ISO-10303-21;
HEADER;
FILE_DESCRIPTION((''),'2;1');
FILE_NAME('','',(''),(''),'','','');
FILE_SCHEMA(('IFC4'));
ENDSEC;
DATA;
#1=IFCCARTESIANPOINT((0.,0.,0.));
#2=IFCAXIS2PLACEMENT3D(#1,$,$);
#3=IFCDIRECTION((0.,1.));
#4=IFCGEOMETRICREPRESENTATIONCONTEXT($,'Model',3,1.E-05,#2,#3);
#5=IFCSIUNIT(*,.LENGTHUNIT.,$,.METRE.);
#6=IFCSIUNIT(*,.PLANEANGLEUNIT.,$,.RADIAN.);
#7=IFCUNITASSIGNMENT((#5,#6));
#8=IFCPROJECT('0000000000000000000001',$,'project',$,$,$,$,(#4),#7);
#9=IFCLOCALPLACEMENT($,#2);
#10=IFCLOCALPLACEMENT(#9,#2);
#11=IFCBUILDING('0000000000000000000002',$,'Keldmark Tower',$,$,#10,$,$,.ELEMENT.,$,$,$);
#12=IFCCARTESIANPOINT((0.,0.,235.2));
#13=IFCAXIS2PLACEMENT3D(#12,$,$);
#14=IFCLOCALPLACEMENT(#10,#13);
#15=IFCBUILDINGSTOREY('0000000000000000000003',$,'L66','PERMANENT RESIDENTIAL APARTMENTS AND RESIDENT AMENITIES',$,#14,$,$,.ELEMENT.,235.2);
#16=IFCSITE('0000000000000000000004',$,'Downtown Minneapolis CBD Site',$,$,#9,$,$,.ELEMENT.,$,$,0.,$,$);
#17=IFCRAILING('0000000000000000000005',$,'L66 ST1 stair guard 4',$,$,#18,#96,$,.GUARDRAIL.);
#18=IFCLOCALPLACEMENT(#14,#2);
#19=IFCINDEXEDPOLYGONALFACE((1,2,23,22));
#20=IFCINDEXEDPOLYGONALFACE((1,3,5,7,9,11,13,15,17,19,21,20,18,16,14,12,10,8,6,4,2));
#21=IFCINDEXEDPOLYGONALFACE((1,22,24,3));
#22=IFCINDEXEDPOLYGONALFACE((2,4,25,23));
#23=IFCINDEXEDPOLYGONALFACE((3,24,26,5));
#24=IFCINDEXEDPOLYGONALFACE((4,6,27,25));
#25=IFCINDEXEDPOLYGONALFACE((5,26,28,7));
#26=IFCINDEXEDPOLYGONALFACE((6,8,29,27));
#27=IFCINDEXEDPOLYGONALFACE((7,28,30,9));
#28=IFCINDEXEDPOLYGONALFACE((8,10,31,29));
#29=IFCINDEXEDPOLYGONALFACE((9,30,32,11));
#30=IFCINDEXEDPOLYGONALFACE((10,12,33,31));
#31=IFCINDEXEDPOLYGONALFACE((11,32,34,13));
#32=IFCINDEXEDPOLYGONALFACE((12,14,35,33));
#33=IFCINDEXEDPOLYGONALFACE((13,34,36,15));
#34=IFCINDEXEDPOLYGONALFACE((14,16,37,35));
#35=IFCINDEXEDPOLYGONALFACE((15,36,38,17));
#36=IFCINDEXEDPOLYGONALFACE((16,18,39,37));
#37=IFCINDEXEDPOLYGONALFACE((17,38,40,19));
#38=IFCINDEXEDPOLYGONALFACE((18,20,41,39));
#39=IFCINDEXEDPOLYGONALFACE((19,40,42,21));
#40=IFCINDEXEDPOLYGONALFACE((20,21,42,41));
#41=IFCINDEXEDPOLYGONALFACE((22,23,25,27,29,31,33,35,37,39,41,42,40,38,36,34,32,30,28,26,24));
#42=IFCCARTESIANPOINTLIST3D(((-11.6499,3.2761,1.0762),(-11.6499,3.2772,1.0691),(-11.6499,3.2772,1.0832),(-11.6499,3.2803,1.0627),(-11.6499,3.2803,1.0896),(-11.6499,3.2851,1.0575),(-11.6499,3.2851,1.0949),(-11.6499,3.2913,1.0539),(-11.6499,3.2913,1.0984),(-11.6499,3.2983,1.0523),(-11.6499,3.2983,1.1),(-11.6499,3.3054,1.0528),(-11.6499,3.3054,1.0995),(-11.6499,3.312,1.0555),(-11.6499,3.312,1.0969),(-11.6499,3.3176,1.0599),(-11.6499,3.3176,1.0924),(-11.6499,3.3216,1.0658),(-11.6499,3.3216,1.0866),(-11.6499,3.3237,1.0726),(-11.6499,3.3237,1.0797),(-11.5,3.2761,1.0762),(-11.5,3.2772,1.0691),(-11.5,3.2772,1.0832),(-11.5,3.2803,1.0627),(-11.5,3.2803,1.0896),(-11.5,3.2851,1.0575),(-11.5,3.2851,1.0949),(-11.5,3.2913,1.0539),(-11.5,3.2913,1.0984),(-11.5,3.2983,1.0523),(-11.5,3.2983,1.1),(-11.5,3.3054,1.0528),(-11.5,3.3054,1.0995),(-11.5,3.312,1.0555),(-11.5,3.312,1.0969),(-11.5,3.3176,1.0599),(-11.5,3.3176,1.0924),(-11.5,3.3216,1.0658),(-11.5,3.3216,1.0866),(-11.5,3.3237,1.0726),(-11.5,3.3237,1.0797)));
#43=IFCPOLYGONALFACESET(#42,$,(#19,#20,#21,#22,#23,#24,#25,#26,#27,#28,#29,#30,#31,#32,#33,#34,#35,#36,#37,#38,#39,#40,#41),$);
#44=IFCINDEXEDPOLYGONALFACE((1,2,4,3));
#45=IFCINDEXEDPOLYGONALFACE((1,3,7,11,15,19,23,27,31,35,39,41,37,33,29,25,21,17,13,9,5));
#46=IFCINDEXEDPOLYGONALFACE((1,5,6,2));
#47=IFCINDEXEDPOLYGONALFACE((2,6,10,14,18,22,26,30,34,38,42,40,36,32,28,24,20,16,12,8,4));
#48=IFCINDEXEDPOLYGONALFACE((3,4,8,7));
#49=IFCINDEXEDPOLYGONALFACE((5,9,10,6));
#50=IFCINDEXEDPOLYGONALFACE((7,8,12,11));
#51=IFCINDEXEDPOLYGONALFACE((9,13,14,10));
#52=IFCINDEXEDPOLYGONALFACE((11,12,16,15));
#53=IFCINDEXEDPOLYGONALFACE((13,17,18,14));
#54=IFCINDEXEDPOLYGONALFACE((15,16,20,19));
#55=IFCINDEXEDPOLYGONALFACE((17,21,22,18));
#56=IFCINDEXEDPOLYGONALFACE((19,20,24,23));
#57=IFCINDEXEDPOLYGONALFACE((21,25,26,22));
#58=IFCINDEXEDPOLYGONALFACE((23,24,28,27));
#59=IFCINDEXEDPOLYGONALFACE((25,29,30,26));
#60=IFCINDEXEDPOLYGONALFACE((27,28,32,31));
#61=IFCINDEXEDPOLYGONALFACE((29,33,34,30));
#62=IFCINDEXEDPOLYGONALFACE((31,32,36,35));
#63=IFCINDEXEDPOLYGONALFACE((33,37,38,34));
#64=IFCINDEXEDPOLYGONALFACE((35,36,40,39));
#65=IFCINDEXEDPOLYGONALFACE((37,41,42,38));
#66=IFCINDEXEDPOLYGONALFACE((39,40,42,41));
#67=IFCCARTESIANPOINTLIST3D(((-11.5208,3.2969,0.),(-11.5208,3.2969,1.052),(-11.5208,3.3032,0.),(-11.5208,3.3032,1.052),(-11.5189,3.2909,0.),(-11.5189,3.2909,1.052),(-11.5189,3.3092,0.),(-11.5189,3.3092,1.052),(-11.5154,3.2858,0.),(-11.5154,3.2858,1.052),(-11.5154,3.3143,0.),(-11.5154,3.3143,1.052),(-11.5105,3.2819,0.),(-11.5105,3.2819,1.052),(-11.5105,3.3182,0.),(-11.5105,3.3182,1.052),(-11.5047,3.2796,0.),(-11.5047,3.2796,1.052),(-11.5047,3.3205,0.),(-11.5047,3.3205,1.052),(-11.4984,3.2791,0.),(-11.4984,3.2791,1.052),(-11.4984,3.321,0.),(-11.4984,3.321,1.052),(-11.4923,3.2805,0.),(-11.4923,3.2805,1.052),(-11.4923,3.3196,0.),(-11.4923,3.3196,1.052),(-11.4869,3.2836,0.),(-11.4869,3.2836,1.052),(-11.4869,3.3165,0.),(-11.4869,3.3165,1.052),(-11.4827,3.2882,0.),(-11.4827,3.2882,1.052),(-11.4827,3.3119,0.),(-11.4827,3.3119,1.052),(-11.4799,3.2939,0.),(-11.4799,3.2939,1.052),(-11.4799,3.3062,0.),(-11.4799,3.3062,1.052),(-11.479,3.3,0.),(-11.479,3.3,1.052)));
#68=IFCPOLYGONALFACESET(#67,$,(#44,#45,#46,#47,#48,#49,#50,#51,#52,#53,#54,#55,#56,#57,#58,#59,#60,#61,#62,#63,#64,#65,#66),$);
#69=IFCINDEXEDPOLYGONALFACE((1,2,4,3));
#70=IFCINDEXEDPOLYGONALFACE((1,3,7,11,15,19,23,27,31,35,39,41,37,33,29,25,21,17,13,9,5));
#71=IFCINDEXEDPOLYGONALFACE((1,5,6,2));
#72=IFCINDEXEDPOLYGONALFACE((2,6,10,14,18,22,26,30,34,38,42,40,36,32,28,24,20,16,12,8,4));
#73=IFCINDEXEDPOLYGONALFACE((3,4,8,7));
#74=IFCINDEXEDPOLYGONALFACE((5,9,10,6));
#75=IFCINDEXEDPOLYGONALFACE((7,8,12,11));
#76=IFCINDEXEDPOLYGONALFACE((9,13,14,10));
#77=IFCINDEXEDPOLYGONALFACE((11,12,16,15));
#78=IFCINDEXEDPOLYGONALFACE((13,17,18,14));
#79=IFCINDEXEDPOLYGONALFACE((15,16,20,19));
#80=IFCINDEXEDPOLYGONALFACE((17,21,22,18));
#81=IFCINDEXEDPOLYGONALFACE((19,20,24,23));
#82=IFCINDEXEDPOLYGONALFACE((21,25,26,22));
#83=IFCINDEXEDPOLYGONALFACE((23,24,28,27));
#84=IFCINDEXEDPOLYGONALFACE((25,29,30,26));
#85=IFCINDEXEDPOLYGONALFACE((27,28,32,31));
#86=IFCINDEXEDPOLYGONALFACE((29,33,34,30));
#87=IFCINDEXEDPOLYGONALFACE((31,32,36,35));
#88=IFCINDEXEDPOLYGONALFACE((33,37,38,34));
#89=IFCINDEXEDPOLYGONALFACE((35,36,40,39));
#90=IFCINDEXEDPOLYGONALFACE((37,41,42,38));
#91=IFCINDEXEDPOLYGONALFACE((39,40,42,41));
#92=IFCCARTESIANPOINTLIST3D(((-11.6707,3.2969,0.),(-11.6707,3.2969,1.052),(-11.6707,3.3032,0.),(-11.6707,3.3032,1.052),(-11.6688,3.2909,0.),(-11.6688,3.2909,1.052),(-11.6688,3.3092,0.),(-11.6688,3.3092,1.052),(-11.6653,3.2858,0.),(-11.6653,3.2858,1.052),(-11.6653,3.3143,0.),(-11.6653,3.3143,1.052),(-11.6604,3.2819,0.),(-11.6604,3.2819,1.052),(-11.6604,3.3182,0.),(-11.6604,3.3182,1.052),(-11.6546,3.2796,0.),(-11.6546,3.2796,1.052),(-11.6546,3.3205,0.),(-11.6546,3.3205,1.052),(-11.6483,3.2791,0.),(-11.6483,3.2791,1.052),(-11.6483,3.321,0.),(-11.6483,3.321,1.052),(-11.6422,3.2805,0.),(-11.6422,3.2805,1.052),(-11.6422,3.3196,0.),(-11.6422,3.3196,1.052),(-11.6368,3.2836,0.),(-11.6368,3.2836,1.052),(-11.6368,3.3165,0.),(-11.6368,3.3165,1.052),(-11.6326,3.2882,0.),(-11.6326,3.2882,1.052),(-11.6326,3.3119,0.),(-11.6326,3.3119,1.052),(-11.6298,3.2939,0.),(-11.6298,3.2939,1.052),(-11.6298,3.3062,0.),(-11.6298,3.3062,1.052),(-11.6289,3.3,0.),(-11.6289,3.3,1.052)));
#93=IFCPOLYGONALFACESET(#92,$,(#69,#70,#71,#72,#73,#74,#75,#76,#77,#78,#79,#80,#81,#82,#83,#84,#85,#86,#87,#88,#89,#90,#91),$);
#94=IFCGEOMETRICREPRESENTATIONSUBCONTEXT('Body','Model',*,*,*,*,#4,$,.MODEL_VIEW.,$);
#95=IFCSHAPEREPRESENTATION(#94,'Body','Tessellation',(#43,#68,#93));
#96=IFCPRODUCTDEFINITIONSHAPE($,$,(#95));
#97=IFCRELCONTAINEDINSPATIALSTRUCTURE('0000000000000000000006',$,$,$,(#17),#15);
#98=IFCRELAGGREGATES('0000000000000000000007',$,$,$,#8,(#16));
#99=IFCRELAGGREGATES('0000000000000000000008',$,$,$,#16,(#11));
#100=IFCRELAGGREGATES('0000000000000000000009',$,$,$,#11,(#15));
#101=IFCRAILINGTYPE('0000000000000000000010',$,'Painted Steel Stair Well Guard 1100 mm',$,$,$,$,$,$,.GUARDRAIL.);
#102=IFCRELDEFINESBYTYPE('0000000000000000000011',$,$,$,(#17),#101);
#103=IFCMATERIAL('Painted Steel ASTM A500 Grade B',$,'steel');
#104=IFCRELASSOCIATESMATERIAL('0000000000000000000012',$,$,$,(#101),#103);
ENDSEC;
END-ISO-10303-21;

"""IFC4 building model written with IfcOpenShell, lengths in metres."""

from ifc_helpers import new_model, si_unit, direction, frame, origin, origin_2d, place, context, subcontext, project, spatial, circle, extrude, material, type_object, element, save


model = new_model("IFC4")

# Units and contexts
model_context = context("Model", 3, precision=1e-05, world=origin(), true_north=direction((0.0, 1.0)))
body_context = subcontext(model_context, "Body", "Model", "MODEL_VIEW")
ifc_project = project(units=[si_unit("LENGTHUNIT", "METRE"), si_unit("PLANEANGLEUNIT", "RADIAN")], contexts=[model_context])

# Site, building, storey
site_placement = place(None, origin())
site = spatial("IfcSite", under=ifc_project, at=site_placement, Name="Downtown Minneapolis CBD Site", CompositionType="ELEMENT", RefElevation=0.0)
building_placement = place(site_placement, origin())
building = spatial("IfcBuilding", under=site, at=building_placement, Name="Keldmark Tower", CompositionType="ELEMENT")
storey_placement = place(building_placement, frame((0.0, 0.0, 235.2)))
storey = spatial("IfcBuildingStorey", under=building, at=storey_placement, Name="L66", Description="PERMANENT RESIDENTIAL APARTMENTS AND RESIDENT AMENITIES", CompositionType="ELEMENT", Elevation=235.2)

# Railing
ifc_material_1 = material(Name="Painted Steel ASTM A500 Grade B", Category="steel")
railing_type_1 = type_object("IfcRailingType", Name="Painted Steel Stair Well Guard 1100 mm", PredefinedType="GUARDRAIL", material=ifc_material_1)
railing_1_placement = place(storey_placement, frame((-11.5, 3.3, 0.0)))
element("IfcRailing", 1, at=railing_1_placement, inside=storey, type_object=railing_type_1, Name="L66 ST1 stair guard 4", PredefinedType="GUARDRAIL", context=body_context, shape_type="SweptSolid", body=[
    extrude(circle(Radius=0.0239, at=origin_2d()), frame((0.0, 0.0, 1.0762), z_axis=(-1.0, 0.0, 0.0), x_axis=(0.0, -1.0, 0.0)), (0.0, 0.0, 1.0), 0.1499),
    extrude(circle(Radius=0.021, at=origin_2d()), origin(), (0.0, 0.0, 1.0), 1.052),
    extrude(circle(Radius=0.021, at=origin_2d()), frame((-0.1499, 0.0, 0.0)), (0.0, 0.0, 1.0), 1.052),
])

save(model, "model.ifc")
